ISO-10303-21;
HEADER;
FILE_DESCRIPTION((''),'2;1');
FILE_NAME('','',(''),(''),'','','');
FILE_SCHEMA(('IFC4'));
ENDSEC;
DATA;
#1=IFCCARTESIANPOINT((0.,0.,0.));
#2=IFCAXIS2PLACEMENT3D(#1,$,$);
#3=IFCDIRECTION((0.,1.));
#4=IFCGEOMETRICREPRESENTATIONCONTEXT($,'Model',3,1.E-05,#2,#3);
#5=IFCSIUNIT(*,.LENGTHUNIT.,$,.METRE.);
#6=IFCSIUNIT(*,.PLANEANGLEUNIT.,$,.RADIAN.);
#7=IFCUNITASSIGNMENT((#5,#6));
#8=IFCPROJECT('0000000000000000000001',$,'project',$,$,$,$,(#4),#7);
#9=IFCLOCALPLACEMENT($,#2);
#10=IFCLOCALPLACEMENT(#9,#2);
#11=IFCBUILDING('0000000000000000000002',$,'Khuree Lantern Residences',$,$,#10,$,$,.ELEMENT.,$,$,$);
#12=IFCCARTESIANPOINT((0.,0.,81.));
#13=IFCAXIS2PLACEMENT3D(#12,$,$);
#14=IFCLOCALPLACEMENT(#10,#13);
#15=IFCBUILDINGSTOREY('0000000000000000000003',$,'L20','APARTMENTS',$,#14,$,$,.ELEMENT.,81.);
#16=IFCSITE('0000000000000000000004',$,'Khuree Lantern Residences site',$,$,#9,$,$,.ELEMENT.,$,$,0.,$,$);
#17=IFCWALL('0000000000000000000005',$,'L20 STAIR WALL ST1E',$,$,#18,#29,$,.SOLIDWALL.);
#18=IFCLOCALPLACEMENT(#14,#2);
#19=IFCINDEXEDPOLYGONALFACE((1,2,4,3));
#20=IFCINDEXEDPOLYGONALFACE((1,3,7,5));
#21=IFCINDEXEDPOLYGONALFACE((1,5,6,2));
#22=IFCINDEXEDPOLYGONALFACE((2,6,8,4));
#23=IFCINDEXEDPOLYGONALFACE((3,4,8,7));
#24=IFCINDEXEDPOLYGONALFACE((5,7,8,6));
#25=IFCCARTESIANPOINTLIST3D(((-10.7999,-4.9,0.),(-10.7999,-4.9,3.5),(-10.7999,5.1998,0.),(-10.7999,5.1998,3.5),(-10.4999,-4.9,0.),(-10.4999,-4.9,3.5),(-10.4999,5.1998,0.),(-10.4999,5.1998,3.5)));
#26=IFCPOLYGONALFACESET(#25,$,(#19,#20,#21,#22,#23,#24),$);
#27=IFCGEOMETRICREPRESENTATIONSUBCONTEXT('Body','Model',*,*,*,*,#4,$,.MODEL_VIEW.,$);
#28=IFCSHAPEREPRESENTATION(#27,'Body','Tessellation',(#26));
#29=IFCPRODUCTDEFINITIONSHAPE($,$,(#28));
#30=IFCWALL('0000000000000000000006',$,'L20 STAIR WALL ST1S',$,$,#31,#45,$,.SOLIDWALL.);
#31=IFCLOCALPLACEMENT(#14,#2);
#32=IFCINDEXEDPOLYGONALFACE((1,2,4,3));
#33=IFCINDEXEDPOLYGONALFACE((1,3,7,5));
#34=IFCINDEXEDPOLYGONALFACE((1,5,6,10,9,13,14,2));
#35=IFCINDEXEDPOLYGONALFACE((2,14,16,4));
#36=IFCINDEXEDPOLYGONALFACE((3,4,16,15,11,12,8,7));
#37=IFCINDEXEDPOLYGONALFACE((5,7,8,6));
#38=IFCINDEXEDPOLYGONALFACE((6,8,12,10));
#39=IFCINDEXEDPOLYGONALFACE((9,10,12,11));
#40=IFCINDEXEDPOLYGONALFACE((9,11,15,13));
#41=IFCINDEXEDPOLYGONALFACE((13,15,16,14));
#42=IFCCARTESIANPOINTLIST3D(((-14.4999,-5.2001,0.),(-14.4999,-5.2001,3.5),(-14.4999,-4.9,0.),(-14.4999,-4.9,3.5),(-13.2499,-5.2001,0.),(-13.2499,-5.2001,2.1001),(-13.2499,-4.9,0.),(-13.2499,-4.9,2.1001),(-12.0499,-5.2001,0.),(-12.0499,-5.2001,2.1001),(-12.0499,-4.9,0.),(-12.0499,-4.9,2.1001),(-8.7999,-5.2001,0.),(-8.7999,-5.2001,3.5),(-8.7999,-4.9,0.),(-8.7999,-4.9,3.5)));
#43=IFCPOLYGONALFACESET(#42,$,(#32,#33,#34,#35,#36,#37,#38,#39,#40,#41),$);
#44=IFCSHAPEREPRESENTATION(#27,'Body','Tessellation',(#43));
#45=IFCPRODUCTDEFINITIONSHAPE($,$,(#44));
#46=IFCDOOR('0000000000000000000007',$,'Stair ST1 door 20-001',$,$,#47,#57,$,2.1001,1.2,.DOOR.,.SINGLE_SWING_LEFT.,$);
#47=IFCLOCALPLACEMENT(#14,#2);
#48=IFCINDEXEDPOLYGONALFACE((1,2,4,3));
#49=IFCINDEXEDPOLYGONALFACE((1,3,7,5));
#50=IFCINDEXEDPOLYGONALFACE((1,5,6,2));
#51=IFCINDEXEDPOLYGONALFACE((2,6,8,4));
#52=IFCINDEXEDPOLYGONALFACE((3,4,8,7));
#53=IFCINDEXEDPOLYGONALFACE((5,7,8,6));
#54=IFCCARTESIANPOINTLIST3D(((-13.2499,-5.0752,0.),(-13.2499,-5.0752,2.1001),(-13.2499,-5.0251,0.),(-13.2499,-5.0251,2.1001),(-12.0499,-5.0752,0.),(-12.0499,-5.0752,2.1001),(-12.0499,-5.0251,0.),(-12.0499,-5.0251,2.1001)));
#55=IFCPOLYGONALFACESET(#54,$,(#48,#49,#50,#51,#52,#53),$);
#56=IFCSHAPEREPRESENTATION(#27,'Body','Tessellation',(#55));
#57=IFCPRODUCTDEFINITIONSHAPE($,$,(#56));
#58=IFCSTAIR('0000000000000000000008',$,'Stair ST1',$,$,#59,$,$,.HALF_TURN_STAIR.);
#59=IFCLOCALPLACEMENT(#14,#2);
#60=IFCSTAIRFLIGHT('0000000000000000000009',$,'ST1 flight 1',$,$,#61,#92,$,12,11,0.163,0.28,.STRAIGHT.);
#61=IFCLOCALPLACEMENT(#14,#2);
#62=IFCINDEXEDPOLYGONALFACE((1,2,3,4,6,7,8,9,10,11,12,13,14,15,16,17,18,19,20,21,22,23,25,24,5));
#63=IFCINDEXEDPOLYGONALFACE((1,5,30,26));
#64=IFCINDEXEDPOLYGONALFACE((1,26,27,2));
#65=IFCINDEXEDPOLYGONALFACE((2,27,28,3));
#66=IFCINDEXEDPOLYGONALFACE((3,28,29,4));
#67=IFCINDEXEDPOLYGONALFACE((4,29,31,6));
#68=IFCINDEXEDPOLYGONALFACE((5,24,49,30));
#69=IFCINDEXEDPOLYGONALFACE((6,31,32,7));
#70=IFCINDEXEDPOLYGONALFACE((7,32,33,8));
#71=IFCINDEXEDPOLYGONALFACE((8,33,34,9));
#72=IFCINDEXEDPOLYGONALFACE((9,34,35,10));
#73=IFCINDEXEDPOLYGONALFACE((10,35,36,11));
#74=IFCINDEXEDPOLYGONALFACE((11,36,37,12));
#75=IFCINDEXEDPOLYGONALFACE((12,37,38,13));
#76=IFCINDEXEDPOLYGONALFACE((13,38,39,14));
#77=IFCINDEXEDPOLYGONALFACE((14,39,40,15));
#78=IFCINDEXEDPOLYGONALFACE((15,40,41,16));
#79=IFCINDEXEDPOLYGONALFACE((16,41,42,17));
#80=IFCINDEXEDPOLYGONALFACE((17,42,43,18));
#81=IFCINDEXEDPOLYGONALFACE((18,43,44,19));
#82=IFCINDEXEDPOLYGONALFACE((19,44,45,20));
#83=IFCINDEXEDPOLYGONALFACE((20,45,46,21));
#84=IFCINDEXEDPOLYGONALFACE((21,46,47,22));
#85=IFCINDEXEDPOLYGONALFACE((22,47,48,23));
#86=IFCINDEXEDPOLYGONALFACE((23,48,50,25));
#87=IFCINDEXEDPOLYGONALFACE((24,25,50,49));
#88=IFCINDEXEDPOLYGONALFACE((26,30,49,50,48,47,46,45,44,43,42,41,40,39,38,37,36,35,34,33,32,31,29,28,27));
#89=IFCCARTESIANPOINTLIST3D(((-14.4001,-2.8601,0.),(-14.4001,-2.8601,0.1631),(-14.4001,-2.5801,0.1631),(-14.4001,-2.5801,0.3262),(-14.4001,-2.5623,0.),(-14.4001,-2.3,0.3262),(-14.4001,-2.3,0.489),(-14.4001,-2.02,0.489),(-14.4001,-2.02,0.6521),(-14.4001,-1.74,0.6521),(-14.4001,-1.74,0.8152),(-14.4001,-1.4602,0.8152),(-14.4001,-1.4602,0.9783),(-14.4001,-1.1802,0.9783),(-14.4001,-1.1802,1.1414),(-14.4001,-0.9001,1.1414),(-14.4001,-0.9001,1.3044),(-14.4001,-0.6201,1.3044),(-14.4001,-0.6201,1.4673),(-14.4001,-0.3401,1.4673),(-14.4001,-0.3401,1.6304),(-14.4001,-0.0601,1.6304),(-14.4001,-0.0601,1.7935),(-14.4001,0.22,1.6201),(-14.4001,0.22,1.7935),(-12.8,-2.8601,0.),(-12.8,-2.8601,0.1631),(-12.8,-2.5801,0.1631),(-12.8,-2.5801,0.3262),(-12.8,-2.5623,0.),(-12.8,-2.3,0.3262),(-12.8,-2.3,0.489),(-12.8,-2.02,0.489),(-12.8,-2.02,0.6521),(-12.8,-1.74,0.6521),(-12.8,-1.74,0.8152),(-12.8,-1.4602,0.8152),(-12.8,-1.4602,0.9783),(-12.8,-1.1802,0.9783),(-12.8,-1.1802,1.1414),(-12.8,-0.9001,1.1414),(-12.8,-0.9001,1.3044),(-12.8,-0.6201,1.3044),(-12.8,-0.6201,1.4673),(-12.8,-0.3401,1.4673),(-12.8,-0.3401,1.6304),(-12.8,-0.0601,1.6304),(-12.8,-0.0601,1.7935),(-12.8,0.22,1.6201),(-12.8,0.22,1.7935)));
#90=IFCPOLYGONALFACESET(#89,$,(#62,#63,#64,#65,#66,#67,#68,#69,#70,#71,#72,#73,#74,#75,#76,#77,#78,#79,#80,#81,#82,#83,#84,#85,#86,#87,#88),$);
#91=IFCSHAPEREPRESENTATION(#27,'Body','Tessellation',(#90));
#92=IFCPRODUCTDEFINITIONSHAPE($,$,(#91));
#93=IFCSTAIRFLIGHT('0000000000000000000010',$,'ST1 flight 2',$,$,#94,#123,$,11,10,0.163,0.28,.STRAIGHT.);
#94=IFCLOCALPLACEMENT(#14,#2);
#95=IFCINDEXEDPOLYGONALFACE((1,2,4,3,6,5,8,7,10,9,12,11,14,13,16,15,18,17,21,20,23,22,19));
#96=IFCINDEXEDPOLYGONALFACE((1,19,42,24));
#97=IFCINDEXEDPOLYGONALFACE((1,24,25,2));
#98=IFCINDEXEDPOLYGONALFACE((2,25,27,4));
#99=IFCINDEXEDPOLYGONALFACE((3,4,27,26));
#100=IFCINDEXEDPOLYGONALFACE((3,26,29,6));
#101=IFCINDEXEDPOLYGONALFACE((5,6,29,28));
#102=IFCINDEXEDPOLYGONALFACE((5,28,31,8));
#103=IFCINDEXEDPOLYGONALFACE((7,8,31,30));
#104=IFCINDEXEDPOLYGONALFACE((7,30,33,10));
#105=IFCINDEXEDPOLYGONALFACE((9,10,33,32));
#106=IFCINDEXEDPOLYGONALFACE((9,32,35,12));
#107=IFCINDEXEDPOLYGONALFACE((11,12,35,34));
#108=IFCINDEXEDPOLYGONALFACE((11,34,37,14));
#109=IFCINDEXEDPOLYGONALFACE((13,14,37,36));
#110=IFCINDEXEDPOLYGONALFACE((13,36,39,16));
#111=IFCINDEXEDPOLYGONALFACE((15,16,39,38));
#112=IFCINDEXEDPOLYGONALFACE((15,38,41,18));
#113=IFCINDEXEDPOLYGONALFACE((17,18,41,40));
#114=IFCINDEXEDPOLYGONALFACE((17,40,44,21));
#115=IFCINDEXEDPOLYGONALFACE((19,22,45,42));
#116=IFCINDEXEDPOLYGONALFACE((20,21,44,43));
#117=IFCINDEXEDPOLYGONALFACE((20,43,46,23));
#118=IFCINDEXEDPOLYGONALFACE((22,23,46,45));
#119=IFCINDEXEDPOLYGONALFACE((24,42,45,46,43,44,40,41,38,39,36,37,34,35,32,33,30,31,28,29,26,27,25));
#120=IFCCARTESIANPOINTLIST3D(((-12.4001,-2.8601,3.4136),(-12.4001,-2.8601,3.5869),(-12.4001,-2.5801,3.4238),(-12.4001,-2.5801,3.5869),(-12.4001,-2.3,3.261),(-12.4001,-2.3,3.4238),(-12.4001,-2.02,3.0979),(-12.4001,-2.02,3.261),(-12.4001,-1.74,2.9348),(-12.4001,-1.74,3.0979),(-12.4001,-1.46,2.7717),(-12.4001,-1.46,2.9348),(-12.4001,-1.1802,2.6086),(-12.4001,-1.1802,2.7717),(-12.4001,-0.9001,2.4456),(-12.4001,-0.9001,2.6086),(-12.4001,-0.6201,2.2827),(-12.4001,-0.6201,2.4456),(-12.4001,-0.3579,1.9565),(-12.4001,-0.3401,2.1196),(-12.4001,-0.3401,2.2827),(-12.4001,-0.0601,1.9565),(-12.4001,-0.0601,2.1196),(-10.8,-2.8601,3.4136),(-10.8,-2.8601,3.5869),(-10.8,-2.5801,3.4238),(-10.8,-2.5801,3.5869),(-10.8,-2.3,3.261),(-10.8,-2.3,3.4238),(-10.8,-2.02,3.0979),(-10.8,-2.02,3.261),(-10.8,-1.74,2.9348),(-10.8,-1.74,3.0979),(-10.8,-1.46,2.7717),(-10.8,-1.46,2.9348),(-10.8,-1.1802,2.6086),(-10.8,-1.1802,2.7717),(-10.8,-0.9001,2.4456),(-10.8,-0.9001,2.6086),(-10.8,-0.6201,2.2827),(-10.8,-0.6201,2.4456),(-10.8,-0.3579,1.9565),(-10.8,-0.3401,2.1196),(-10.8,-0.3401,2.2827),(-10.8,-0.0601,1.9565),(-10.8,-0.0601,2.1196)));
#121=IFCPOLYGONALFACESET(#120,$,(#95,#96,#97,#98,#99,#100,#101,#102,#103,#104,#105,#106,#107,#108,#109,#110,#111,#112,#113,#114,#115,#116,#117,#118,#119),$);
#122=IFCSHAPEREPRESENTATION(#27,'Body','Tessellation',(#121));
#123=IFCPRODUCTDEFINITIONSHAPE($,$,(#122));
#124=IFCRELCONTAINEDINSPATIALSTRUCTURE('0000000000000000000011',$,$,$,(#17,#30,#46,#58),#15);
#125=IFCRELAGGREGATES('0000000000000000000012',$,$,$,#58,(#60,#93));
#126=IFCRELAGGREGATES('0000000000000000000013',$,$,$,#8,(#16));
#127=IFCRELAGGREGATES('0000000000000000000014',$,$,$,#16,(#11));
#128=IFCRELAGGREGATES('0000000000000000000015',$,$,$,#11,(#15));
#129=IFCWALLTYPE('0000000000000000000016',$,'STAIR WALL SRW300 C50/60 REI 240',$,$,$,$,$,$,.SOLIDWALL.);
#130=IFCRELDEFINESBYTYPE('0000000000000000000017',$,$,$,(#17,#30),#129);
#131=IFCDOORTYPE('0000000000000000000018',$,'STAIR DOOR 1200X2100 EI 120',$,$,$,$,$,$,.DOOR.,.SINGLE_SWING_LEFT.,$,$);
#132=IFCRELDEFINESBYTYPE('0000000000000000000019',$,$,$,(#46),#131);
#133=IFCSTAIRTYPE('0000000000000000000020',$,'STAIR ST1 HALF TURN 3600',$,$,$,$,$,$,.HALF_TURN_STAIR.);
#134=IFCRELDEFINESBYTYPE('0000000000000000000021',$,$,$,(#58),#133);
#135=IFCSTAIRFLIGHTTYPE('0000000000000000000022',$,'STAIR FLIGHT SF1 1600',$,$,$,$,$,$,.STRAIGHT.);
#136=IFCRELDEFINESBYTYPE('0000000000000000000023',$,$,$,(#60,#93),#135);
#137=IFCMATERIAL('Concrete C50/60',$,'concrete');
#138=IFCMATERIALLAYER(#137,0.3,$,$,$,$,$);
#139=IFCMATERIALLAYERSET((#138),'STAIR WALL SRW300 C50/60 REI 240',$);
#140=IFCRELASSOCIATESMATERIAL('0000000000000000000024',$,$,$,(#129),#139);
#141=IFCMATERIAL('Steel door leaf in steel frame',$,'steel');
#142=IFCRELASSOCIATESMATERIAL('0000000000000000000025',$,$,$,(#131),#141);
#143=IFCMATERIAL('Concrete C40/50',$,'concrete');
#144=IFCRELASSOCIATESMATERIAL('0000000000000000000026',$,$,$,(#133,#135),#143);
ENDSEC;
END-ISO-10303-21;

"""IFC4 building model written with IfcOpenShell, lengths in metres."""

from ifc_helpers import new_model, si_unit, direction, frame, frame_2d, origin, place, context, subcontext, project, spatial, polyline, rectangle, outline, extrude, material, layer, layer_set, type_object, element, fill, aggregate, save


model = new_model("IFC4")

# Units and contexts
model_context = context("Model", 3, precision=1e-05, world=origin(), true_north=direction((0.0, 1.0)))
body_context = subcontext(model_context, "Body", "Model", "MODEL_VIEW")
ifc_project = project(units=[si_unit("LENGTHUNIT", "METRE"), si_unit("PLANEANGLEUNIT", "RADIAN")], contexts=[model_context])

# Site, building, storey
site_placement = place(None, origin())
site = spatial("IfcSite", under=ifc_project, at=site_placement, Name="Khuree Lantern Residences site", CompositionType="ELEMENT", RefElevation=0.0)
building_placement = place(site_placement, origin())
building = spatial("IfcBuilding", under=site, at=building_placement, Name="Khuree Lantern Residences", CompositionType="ELEMENT")
storey_placement = place(building_placement, frame((0.0, 0.0, 81.0)))
storey = spatial("IfcBuildingStorey", under=building, at=storey_placement, Name="L20", Description="APARTMENTS", CompositionType="ELEMENT", Elevation=81.0)

# Shared definitions
ifc_material_1 = material(Name="Steel door leaf in steel frame", Category="steel")

# Wall
ifc_material_2 = material(Name="Concrete C50/60", Category="concrete")
ifc_layer_1 = layer(ifc_material_2, 0.3)
ifc_layer_set_1 = layer_set([ifc_layer_1], Name="STAIR WALL SRW300 C50/60 REI 240")
wall_type_1 = type_object("IfcWallType", Name="STAIR WALL SRW300 C50/60 REI 240", PredefinedType="SOLIDWALL", material=ifc_layer_set_1)
wall_1_placement = place(storey_placement, frame((-10.6499, -4.8999, 0.0), z_axis=(0.0, 0.0, 1.0), x_axis=(0.0, 1.0, 0.0)))
element("IfcWall", 1, at=wall_1_placement, inside=storey, type_object=wall_type_1, Name="L20 STAIR WALL ST1E", PredefinedType="SOLIDWALL", context=body_context, shape_type="SweptSolid", body=[
    extrude(rectangle(XDim=10.0999, YDim=0.3, at=frame_2d((5.0498, 0.0))), origin(), (0.0, 0.0, 1.0), 3.5),
])

# Wall, opening, door
wall_2_placement = place(storey_placement, frame((-14.5, -5.05, 0.0), z_axis=(0.0, 0.0, 1.0), x_axis=(1.0, 0.0, 0.0)))
wall_2 = element("IfcWall", 2, at=wall_2_placement, inside=storey, type_object=wall_type_1, Name="L20 STAIR WALL ST1S", PredefinedType="SOLIDWALL", context=body_context, shape_type="SweptSolid", body=[
    extrude(rectangle(XDim=5.7, YDim=0.3, at=frame_2d((2.8501, 0.0))), origin(), (0.0, 0.0, 1.0), 3.5),
])
opening_1_placement = place(wall_2_placement, frame((1.25, 0.0, 0.0)))
opening_1 = element("IfcOpeningElement", 3, at=opening_1_placement, cuts=wall_2, PredefinedType="OPENING", context=body_context, shape_type="SweptSolid", body=[
    extrude(rectangle(XDim=1.2, YDim=2.1001, at=frame_2d((0.6001, 1.05))), frame((0.0, 0.1602, 0.0), z_axis=(0.0, -1.0, 0.0), x_axis=(1.0, 0.0, 0.0)), (0.0, 0.0, 1.0), 0.3201),
])
door_type_1 = type_object("IfcDoorType", Name="STAIR DOOR 1200X2100 EI 120", OperationType="SINGLE_SWING_LEFT", PredefinedType="DOOR", material=ifc_material_1)
door_1_placement = place(opening_1_placement, origin())
door_1 = element("IfcDoor", 4, at=door_1_placement, inside=storey, type_object=door_type_1, Name="Stair ST1 door 20-001", OperationType="SINGLE_SWING_LEFT", OverallHeight=2.1001, OverallWidth=1.2, PredefinedType="DOOR", context=body_context, shape_type="SweptSolid", body=[
    extrude(rectangle(XDim=1.2, YDim=2.1001, at=frame_2d((0.6001, 1.05))), frame((0.0, 0.0249, 0.0), z_axis=(0.0, -1.0, 0.0), x_axis=(1.0, 0.0, 0.0)), (0.0, 0.0, 1.0), 0.05),
])
fill(opening_1, door_1)

# Stair, stair flights
ifc_material_3 = material(Name="Concrete C40/50", Category="concrete")
stair_type = type_object("IfcStairType", Name="STAIR ST1 HALF TURN 3600", PredefinedType="HALF_TURN_STAIR", material=ifc_material_3)
stair_placement = place(storey_placement, origin())
stair = element("IfcStair", 5, at=stair_placement, inside=storey, type_object=stair_type, Name="Stair ST1", PredefinedType="HALF_TURN_STAIR")
stair_flight_type = type_object("IfcStairFlightType", Name="STAIR FLIGHT SF1 1600", PredefinedType="STRAIGHT", material=ifc_material_3)
stair_flight_1_placement = place(storey_placement, frame((-13.6001, -2.8601, 0.0), z_axis=(0.0, 0.0, 1.0), x_axis=(0.0, 1.0, 0.0)))
stair_flight_1 = element("IfcStairFlight", 6, at=stair_flight_1_placement, type_object=stair_flight_type, Name="ST1 flight 1", NumberOfRisers=12, NumberOfTreads=11, PredefinedType="STRAIGHT", RiserHeight=0.163, TreadLength=0.28, context=body_context, shape_type="SweptSolid", body=[
    extrude(outline(polyline([(0.0, 0.0), (0.0, 0.1631), (0.28, 0.1631), (0.28, 0.3262), (0.5601, 0.3262), (0.5601, 0.489), (0.8401, 0.489), (0.8401, 0.6521), (1.1201, 0.6521), (1.1201, 0.8152), (1.3999, 0.8152), (1.3999, 0.9783), (1.6799, 0.9783), (1.6799, 1.1414), (1.96, 1.1414), (1.96, 1.3044), (2.24, 1.3044), (2.24, 1.4673), (2.52, 1.4673), (2.52, 1.6304), (2.8, 1.6304), (2.8, 1.7935), (3.0801, 1.7935), (3.0801, 1.9565), (3.0801, 1.6201), (0.2979, 0.0), (0.0, 0.0)])), frame((0.0, 0.8, 0.0), z_axis=(0.0, -1.0, 0.0), x_axis=(1.0, 0.0, 0.0)), (0.0, 0.0, 1.0), 1.6001),
])
stair_flight_2_placement = place(storey_placement, frame((-11.6001, -0.0601, 1.9565), z_axis=(0.0, 0.0, 1.0), x_axis=(0.0, -1.0, 0.0)))
stair_flight_2 = element("IfcStairFlight", 7, at=stair_flight_2_placement, type_object=stair_flight_type, Name="ST1 flight 2", NumberOfRisers=11, NumberOfTreads=10, PredefinedType="STRAIGHT", RiserHeight=0.163, TreadLength=0.28, context=body_context, shape_type="SweptSolid", body=[
    extrude(outline(polyline([(0.0, 0.0), (0.0, 0.1631), (0.28, 0.1631), (0.28, 0.3262), (0.5601, 0.3262), (0.5601, 0.489), (0.8401, 0.489), (0.8401, 0.6521), (1.1201, 0.6521), (1.1201, 0.8152), (1.3999, 0.8152), (1.3999, 0.9783), (1.6799, 0.9783), (1.6799, 1.1414), (1.96, 1.1414), (1.96, 1.3044), (2.24, 1.3044), (2.24, 1.4673), (2.52, 1.4673), (2.52, 1.6304), (2.8, 1.6304), (2.8, 1.7935), (2.8, 1.457), (0.2979, 0.0), (0.0, 0.0)])), frame((0.0, 0.8, 0.0), z_axis=(0.0, -1.0, 0.0), x_axis=(1.0, 0.0, 0.0)), (0.0, 0.0, 1.0), 1.6001),
])
aggregate(stair, [stair_flight_1, stair_flight_2])

save(model, "model.ifc")
